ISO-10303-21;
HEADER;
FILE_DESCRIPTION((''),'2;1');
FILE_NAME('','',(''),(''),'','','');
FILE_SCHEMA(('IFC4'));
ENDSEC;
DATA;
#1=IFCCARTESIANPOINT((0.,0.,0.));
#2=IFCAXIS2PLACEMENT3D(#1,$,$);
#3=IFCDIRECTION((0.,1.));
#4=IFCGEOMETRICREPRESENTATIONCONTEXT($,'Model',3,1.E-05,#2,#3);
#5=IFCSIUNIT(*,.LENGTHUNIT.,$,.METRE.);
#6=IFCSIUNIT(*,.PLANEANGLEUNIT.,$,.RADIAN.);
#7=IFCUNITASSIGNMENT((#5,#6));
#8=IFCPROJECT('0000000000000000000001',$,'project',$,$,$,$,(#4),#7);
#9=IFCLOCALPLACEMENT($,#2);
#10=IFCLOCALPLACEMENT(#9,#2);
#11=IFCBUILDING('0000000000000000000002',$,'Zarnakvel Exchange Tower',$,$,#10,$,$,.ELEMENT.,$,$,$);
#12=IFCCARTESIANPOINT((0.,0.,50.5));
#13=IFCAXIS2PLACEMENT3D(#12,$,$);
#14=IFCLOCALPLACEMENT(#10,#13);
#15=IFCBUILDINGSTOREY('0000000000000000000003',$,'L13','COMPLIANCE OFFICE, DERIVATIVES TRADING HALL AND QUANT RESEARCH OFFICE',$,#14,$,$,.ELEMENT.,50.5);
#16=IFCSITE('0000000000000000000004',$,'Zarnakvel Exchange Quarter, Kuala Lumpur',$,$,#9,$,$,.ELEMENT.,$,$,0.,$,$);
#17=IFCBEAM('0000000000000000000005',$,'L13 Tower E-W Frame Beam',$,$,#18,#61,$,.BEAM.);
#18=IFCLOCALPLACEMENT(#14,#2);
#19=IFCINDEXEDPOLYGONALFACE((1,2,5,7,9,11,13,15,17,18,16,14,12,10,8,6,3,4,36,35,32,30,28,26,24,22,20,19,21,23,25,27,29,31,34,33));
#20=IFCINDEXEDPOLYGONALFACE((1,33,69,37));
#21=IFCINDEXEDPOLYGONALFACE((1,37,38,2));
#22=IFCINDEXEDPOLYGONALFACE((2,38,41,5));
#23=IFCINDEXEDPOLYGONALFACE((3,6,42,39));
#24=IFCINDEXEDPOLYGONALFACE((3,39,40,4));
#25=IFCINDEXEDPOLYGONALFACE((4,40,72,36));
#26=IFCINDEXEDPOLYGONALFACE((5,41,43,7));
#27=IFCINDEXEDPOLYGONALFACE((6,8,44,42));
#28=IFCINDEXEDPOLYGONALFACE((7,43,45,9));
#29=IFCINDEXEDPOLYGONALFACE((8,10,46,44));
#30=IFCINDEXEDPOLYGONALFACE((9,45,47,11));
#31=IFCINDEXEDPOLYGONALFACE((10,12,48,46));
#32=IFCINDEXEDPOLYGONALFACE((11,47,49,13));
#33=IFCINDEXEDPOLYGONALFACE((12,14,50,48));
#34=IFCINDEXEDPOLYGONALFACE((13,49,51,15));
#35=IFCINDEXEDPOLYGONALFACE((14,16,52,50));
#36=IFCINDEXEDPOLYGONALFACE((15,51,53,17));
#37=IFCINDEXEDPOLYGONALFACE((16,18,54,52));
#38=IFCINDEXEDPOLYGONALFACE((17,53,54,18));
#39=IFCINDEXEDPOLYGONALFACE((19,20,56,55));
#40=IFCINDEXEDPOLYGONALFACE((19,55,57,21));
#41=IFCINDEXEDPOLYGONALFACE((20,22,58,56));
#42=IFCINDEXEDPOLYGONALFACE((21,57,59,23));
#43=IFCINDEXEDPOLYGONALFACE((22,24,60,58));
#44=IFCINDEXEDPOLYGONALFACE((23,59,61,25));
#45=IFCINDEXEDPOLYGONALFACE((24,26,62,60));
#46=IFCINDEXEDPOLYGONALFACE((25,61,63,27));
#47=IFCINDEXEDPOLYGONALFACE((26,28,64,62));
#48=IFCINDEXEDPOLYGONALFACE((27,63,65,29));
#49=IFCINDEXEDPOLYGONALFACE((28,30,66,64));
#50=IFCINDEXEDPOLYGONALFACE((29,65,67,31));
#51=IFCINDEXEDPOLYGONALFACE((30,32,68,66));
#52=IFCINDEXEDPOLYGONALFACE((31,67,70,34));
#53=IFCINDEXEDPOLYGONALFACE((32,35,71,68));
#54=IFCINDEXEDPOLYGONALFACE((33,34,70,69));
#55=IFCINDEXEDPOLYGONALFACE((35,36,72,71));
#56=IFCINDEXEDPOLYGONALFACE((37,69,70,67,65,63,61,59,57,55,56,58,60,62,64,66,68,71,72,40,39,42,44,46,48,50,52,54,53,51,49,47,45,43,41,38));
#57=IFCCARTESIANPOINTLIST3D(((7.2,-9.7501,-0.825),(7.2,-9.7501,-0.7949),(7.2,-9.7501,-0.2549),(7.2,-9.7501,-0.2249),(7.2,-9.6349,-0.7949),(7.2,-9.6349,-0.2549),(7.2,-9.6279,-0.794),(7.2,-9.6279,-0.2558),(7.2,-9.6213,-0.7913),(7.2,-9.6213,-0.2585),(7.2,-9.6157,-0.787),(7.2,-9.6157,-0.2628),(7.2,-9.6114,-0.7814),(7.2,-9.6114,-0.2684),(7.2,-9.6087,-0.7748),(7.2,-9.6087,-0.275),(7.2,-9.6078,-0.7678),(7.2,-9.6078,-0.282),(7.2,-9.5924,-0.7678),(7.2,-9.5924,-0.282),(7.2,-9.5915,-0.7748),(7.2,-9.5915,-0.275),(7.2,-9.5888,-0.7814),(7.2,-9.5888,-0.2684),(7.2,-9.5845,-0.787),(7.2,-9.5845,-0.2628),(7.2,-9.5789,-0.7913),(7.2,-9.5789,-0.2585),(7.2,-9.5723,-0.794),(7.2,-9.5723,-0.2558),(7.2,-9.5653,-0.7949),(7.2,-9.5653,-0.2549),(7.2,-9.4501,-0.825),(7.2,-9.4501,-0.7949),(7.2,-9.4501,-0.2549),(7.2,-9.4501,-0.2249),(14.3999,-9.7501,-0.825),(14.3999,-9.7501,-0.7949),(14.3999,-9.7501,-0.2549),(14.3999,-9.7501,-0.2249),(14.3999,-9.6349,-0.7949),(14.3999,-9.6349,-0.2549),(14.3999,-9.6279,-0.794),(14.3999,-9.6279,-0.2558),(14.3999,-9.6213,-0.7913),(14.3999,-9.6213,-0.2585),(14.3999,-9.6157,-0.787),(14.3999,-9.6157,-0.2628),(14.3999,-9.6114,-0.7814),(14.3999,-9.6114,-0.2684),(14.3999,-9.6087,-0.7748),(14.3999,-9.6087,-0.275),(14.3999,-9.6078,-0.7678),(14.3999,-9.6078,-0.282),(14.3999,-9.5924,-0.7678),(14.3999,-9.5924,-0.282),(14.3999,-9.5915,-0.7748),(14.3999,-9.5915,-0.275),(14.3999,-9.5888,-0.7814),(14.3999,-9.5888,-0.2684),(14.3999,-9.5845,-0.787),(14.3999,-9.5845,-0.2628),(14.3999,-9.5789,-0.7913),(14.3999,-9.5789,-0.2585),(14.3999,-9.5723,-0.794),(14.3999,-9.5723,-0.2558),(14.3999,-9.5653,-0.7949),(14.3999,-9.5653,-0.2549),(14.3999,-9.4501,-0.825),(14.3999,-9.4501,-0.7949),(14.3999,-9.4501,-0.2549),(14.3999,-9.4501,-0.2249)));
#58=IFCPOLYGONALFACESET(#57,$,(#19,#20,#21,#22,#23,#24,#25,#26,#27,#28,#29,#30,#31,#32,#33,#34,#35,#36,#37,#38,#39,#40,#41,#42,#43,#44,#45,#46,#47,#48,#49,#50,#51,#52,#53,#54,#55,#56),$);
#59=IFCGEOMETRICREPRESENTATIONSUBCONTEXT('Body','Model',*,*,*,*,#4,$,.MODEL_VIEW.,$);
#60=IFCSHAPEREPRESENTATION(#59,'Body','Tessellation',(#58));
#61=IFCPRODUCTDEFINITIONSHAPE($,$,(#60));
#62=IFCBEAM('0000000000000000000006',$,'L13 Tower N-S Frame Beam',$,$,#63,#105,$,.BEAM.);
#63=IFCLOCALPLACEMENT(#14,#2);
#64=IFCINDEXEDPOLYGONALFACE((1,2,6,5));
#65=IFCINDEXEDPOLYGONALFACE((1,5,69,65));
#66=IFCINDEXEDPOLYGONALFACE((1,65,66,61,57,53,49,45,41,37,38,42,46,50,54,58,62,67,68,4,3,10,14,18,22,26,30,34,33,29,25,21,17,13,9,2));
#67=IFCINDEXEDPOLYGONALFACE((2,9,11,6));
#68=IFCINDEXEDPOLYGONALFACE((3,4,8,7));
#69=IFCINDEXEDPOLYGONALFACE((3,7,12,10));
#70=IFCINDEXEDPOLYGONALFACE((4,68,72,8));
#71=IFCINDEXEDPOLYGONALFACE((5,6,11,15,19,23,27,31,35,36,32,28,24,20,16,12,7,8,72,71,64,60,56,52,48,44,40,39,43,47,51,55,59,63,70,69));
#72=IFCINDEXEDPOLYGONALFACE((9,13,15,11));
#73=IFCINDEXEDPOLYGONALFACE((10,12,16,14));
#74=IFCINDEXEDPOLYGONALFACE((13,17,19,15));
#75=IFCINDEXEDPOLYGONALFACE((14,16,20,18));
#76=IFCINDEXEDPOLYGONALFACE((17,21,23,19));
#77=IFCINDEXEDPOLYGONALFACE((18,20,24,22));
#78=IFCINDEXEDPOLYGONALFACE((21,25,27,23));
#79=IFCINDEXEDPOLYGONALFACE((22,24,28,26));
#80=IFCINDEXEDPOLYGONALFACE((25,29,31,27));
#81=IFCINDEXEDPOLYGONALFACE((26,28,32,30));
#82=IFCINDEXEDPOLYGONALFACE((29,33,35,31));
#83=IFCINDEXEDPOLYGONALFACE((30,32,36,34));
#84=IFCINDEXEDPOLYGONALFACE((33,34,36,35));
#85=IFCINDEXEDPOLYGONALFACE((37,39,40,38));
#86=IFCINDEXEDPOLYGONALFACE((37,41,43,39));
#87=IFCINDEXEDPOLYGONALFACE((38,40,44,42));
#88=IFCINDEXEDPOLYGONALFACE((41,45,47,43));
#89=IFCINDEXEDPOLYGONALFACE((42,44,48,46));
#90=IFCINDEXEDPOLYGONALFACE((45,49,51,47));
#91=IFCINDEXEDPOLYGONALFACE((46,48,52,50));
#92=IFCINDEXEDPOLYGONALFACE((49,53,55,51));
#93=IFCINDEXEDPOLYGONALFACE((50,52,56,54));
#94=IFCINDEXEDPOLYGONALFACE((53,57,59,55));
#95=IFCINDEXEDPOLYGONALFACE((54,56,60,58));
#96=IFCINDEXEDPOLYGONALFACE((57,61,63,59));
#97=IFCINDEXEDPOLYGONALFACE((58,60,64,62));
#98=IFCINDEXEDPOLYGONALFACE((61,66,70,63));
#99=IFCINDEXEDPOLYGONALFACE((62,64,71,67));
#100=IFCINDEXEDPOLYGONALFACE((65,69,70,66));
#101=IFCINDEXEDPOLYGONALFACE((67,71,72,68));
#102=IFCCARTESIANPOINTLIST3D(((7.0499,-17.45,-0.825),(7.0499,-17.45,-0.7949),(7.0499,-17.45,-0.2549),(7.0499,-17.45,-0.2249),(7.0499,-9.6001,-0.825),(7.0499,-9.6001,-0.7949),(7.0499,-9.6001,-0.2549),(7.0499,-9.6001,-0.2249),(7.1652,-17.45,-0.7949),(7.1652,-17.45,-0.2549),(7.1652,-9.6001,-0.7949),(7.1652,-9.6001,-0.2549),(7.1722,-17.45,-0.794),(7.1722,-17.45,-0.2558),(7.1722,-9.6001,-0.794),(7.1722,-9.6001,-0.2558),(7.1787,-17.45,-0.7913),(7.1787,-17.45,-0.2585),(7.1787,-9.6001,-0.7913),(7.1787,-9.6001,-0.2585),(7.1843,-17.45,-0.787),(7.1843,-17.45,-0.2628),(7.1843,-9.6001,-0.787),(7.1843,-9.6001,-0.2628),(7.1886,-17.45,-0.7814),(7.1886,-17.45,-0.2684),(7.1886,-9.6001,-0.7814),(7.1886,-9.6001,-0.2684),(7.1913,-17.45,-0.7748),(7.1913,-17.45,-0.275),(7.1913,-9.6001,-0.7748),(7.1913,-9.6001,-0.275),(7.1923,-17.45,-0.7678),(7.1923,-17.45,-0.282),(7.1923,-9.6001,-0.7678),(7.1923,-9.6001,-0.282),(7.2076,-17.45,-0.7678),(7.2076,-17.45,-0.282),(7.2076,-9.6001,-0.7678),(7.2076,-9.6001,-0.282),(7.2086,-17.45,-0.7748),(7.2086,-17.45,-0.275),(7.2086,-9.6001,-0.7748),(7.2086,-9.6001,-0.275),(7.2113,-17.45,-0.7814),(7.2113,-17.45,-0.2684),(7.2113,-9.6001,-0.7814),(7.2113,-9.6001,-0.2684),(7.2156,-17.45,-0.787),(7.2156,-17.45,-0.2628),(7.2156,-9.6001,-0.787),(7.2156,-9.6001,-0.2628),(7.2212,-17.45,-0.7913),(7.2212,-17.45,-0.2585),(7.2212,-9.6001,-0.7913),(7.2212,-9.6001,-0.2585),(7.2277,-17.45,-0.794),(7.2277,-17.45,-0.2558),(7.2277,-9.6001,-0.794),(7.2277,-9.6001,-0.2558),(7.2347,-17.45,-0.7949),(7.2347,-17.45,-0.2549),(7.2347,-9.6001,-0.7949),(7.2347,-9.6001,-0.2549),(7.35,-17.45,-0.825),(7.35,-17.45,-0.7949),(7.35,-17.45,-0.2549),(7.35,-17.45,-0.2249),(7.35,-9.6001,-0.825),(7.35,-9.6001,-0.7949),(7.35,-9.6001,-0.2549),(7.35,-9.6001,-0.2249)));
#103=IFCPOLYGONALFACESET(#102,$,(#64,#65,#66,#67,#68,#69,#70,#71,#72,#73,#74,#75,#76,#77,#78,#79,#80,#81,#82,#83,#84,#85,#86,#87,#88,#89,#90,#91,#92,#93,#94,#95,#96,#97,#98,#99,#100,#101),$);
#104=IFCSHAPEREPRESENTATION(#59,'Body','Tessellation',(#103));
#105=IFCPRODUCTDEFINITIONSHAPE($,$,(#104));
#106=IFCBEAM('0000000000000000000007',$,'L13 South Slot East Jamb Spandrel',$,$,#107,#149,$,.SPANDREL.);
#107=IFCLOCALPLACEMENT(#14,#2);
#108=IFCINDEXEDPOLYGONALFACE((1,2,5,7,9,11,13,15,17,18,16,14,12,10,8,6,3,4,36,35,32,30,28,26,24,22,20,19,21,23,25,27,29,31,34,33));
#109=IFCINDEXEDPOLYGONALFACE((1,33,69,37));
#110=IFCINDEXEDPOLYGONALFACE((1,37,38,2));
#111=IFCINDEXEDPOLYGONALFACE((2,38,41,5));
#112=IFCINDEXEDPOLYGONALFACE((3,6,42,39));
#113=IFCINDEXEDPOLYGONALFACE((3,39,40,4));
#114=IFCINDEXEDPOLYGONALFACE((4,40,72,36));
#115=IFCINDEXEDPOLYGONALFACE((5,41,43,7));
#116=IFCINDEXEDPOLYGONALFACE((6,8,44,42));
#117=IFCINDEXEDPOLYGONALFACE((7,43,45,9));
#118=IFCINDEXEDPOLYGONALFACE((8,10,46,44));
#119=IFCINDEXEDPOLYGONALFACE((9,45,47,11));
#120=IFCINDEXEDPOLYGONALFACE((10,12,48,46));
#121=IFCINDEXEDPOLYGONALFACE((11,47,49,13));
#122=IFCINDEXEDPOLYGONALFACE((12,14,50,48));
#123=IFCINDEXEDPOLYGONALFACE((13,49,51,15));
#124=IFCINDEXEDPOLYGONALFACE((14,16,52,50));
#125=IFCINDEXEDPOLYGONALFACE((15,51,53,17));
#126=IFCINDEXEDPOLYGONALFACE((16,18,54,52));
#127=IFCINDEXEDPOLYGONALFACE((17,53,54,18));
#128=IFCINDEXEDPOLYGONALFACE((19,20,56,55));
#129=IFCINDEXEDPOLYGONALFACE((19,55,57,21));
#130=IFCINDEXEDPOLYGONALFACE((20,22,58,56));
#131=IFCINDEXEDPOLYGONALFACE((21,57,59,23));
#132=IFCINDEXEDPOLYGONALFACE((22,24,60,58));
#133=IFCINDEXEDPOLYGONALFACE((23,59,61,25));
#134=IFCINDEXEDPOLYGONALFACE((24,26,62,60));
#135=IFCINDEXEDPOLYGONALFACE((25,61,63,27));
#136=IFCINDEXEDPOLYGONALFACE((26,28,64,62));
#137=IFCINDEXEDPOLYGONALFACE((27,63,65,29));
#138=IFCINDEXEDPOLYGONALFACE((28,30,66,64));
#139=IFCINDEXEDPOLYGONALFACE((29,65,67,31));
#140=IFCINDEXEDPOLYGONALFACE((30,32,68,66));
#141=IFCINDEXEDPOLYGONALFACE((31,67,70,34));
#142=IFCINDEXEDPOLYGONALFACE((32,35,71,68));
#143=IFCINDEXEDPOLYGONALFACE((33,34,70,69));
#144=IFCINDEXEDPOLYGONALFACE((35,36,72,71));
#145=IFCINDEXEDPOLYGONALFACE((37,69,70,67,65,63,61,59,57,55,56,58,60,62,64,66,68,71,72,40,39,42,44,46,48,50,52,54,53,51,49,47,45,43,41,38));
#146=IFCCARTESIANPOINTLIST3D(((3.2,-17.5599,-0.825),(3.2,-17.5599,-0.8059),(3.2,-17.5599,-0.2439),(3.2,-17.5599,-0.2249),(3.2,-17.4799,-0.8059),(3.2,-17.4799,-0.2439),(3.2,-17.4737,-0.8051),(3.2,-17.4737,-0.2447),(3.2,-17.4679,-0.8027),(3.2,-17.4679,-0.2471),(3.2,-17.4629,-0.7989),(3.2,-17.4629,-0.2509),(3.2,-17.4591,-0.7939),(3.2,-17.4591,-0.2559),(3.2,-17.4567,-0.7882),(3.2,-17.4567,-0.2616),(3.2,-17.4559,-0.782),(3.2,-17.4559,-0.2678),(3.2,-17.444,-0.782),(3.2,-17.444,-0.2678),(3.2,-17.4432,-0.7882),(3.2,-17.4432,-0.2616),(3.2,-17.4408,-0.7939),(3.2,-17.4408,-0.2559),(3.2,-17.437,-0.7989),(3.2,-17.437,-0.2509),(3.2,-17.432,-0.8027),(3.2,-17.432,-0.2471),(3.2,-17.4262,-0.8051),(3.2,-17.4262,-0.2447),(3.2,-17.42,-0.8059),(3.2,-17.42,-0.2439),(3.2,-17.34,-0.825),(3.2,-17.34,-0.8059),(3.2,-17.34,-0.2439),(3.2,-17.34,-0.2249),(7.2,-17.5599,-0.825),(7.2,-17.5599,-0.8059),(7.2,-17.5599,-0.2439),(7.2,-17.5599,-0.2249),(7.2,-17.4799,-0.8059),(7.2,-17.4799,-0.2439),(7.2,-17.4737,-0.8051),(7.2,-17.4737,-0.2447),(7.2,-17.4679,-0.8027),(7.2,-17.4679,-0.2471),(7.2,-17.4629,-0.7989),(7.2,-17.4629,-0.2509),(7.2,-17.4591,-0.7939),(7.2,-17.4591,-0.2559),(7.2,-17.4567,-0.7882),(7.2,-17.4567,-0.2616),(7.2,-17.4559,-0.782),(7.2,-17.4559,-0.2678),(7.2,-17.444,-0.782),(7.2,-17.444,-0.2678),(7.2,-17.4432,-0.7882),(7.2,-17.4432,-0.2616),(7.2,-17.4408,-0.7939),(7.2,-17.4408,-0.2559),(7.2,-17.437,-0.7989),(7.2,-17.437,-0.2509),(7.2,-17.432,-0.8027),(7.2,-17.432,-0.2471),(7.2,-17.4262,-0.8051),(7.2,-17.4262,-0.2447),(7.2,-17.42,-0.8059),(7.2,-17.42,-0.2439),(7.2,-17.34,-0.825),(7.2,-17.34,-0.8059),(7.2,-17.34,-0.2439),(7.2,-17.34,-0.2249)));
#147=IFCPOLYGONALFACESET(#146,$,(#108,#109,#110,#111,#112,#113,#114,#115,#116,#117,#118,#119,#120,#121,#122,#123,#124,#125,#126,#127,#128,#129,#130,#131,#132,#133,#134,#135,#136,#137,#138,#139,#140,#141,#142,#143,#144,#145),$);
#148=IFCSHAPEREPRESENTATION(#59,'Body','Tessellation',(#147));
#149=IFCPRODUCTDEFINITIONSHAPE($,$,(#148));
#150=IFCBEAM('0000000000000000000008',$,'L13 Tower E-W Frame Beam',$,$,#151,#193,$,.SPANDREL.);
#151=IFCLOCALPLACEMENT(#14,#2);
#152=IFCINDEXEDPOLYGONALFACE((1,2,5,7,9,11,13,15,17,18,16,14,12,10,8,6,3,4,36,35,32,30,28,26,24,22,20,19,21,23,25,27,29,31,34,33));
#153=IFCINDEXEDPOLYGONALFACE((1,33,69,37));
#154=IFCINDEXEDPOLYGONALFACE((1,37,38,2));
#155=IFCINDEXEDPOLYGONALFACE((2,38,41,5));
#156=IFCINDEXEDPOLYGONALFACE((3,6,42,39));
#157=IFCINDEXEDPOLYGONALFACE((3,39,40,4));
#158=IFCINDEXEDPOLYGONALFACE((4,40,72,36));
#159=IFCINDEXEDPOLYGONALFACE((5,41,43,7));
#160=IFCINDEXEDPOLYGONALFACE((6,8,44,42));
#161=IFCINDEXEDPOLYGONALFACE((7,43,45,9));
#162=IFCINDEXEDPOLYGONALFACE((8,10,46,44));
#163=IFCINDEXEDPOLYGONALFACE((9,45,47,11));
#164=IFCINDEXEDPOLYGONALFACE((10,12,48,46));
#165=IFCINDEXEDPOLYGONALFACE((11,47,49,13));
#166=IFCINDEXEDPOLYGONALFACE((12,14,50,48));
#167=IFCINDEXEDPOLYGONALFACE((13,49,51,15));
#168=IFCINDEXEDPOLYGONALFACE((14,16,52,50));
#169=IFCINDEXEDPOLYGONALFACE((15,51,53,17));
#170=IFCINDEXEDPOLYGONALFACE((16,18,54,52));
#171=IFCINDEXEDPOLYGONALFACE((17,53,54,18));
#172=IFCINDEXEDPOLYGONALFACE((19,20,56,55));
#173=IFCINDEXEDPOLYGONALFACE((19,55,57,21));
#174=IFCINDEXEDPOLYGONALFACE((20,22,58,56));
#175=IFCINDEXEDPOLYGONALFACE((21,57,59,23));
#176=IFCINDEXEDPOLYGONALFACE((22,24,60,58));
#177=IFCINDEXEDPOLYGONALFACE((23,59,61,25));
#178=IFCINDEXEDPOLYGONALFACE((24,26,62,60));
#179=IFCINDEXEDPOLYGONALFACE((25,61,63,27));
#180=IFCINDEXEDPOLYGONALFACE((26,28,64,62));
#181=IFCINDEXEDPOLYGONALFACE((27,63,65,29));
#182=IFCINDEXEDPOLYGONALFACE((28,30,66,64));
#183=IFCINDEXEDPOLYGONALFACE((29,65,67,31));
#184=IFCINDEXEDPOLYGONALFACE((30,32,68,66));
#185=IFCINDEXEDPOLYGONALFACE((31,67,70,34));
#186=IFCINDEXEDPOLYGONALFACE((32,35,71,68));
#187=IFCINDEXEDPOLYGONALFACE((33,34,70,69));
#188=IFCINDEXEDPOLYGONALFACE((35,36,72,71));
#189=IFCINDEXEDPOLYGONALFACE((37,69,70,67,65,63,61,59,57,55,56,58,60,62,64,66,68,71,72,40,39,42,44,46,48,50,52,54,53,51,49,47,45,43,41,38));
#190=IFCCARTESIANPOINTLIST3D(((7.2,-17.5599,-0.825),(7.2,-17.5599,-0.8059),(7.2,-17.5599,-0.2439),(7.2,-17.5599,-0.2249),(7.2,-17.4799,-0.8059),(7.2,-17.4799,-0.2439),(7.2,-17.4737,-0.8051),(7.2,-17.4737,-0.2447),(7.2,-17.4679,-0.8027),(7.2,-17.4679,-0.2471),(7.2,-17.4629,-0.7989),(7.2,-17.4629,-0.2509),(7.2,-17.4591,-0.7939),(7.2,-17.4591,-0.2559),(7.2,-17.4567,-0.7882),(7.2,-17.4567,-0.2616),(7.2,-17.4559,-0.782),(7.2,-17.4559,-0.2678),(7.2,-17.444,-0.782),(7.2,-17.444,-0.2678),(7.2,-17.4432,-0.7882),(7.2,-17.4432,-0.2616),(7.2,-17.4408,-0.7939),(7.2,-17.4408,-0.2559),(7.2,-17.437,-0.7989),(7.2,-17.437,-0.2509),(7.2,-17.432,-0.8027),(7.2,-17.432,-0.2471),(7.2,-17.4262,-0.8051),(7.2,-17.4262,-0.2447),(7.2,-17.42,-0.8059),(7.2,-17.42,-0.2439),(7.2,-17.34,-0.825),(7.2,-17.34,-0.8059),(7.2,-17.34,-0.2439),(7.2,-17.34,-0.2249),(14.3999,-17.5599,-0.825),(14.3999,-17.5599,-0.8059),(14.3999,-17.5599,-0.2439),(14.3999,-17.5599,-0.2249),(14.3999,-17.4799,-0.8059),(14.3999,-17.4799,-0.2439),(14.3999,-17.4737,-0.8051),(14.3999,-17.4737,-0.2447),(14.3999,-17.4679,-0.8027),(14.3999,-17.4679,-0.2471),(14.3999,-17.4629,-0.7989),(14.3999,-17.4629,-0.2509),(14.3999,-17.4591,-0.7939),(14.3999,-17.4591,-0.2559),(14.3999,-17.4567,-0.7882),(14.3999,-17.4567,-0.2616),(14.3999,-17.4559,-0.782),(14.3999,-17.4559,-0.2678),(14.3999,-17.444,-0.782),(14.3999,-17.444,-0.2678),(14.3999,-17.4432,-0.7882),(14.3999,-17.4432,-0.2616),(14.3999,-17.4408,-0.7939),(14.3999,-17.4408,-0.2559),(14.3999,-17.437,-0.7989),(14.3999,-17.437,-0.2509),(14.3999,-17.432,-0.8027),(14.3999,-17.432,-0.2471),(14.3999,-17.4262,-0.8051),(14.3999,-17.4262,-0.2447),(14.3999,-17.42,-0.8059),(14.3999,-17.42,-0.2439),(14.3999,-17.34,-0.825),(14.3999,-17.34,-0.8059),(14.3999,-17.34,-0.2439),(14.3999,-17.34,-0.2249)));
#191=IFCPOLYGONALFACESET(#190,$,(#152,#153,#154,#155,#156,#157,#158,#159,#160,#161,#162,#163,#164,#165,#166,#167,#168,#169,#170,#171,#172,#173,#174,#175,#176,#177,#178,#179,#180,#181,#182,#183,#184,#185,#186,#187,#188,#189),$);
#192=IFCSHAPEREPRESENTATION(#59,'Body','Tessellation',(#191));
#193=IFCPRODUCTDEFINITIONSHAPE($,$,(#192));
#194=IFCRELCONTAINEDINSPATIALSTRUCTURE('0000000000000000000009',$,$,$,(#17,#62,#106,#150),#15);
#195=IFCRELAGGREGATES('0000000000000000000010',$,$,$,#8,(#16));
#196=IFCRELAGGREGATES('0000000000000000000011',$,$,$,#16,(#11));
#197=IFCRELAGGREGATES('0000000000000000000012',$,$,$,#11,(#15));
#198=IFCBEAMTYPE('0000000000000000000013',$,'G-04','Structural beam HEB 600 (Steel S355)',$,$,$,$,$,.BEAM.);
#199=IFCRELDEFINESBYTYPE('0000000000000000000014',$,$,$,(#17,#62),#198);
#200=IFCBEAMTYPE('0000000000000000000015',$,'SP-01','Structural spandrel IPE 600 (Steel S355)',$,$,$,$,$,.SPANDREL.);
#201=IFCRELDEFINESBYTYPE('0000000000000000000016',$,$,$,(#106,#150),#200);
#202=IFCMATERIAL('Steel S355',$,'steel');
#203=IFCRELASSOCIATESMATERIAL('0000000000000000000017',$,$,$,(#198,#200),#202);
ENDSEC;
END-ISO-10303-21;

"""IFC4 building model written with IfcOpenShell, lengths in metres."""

from ifc_helpers import new_model, si_unit, direction, frame, origin, origin_2d, place, context, subcontext, project, spatial, i_section, extrude, material, material_profile, profile_set, type_object, element, save


model = new_model("IFC4")

# Units and contexts
model_context = context("Model", 3, precision=1e-05, world=origin(), true_north=direction((0.0, 1.0)))
body_context = subcontext(model_context, "Body", "Model", "MODEL_VIEW")
ifc_project = project(units=[si_unit("LENGTHUNIT", "METRE"), si_unit("PLANEANGLEUNIT", "RADIAN")], contexts=[model_context])

# Site, building, storey
site_placement = place(None, origin())
site = spatial("IfcSite", under=ifc_project, at=site_placement, Name="Zarnakvel Exchange Quarter, Kuala Lumpur", CompositionType="ELEMENT", RefElevation=0.0)
building_placement = place(site_placement, origin())
building = spatial("IfcBuilding", under=site, at=building_placement, Name="Zarnakvel Exchange Tower", CompositionType="ELEMENT")
storey_placement = place(building_placement, frame((0.0, 0.0, 50.5)))
storey = spatial("IfcBuildingStorey", under=building, at=storey_placement, Name="L13", Description="COMPLIANCE OFFICE, DERIVATIVES TRADING HALL AND QUANT RESEARCH OFFICE", CompositionType="ELEMENT", Elevation=50.5)

# Beams
ifc_material_1 = material(Name="Steel S355", Category="steel")
ifc_material_profile_1 = material_profile(ifc_material_1, i_section(OverallWidth=0.3, OverallDepth=0.6001, WebThickness=0.0154, FlangeThickness=0.03, FilletRadius=0.0271, at=origin_2d()))
ifc_profile_set_1 = profile_set([ifc_material_profile_1], Name="Steel S355")
beam_type_1 = type_object("IfcBeamType", Name="G-04", Description="Structural beam HEB 600 (Steel S355)", PredefinedType="BEAM", material=ifc_profile_set_1)
beam_1_placement = place(storey_placement, frame((7.2, -9.6001, -0.5249), z_axis=(1.0, 0.0, 0.0), x_axis=(0.0, 1.0, 0.0)))
element("IfcBeam", 1, at=beam_1_placement, inside=storey, type_object=beam_type_1, Name="L13 Tower E-W Frame Beam", PredefinedType="BEAM", context=body_context, shape_type="SweptSolid", body=[
    extrude(i_section(OverallWidth=0.3, OverallDepth=0.6001, WebThickness=0.0154, FlangeThickness=0.03, FilletRadius=0.0271, at=origin_2d()), origin(), (0.0, 0.0, 1.0), 7.2),
])
beam_2_placement = place(storey_placement, frame((7.2, -17.45, -0.5249), z_axis=(0.0, 1.0, 0.0), x_axis=(-1.0, 0.0, 0.0)))
element("IfcBeam", 2, at=beam_2_placement, inside=storey, type_object=beam_type_1, Name="L13 Tower N-S Frame Beam", PredefinedType="BEAM", context=body_context, shape_type="SweptSolid", body=[
    extrude(i_section(OverallWidth=0.3, OverallDepth=0.6001, WebThickness=0.0154, FlangeThickness=0.03, FilletRadius=0.0271, at=origin_2d()), origin(), (0.0, 0.0, 1.0), 7.8499),
])
ifc_material_profile_2 = material_profile(ifc_material_1, i_section(OverallWidth=0.22, OverallDepth=0.6001, WebThickness=0.012, FlangeThickness=0.019, FilletRadius=0.0239, at=origin_2d()))
ifc_profile_set_2 = profile_set([ifc_material_profile_2], Name="Steel S355")
beam_type_2 = type_object("IfcBeamType", Name="SP-01", Description="Structural spandrel IPE 600 (Steel S355)", PredefinedType="SPANDREL", material=ifc_profile_set_2)
beam_3_placement = place(storey_placement, frame((3.2, -17.45, -0.5249), z_axis=(1.0, 0.0, 0.0), x_axis=(0.0, 1.0, 0.0)))
element("IfcBeam", 3, at=beam_3_placement, inside=storey, type_object=beam_type_2, Name="L13 South Slot East Jamb Spandrel", PredefinedType="SPANDREL", context=body_context, shape_type="SweptSolid", body=[
    extrude(i_section(OverallWidth=0.22, OverallDepth=0.6001, WebThickness=0.012, FlangeThickness=0.019, FilletRadius=0.0239, at=origin_2d()), origin(), (0.0, 0.0, 1.0), 4.0),
])
beam_4_placement = place(storey_placement, frame((7.2, -17.45, -0.5249), z_axis=(1.0, 0.0, 0.0), x_axis=(0.0, 1.0, 0.0)))
element("IfcBeam", 4, at=beam_4_placement, inside=storey, type_object=beam_type_2, Name="L13 Tower E-W Frame Beam", PredefinedType="SPANDREL", context=body_context, shape_type="SweptSolid", body=[
    extrude(i_section(OverallWidth=0.22, OverallDepth=0.6001, WebThickness=0.012, FlangeThickness=0.019, FilletRadius=0.0239, at=origin_2d()), origin(), (0.0, 0.0, 1.0), 7.2),
])

save(model, "model.ifc")
